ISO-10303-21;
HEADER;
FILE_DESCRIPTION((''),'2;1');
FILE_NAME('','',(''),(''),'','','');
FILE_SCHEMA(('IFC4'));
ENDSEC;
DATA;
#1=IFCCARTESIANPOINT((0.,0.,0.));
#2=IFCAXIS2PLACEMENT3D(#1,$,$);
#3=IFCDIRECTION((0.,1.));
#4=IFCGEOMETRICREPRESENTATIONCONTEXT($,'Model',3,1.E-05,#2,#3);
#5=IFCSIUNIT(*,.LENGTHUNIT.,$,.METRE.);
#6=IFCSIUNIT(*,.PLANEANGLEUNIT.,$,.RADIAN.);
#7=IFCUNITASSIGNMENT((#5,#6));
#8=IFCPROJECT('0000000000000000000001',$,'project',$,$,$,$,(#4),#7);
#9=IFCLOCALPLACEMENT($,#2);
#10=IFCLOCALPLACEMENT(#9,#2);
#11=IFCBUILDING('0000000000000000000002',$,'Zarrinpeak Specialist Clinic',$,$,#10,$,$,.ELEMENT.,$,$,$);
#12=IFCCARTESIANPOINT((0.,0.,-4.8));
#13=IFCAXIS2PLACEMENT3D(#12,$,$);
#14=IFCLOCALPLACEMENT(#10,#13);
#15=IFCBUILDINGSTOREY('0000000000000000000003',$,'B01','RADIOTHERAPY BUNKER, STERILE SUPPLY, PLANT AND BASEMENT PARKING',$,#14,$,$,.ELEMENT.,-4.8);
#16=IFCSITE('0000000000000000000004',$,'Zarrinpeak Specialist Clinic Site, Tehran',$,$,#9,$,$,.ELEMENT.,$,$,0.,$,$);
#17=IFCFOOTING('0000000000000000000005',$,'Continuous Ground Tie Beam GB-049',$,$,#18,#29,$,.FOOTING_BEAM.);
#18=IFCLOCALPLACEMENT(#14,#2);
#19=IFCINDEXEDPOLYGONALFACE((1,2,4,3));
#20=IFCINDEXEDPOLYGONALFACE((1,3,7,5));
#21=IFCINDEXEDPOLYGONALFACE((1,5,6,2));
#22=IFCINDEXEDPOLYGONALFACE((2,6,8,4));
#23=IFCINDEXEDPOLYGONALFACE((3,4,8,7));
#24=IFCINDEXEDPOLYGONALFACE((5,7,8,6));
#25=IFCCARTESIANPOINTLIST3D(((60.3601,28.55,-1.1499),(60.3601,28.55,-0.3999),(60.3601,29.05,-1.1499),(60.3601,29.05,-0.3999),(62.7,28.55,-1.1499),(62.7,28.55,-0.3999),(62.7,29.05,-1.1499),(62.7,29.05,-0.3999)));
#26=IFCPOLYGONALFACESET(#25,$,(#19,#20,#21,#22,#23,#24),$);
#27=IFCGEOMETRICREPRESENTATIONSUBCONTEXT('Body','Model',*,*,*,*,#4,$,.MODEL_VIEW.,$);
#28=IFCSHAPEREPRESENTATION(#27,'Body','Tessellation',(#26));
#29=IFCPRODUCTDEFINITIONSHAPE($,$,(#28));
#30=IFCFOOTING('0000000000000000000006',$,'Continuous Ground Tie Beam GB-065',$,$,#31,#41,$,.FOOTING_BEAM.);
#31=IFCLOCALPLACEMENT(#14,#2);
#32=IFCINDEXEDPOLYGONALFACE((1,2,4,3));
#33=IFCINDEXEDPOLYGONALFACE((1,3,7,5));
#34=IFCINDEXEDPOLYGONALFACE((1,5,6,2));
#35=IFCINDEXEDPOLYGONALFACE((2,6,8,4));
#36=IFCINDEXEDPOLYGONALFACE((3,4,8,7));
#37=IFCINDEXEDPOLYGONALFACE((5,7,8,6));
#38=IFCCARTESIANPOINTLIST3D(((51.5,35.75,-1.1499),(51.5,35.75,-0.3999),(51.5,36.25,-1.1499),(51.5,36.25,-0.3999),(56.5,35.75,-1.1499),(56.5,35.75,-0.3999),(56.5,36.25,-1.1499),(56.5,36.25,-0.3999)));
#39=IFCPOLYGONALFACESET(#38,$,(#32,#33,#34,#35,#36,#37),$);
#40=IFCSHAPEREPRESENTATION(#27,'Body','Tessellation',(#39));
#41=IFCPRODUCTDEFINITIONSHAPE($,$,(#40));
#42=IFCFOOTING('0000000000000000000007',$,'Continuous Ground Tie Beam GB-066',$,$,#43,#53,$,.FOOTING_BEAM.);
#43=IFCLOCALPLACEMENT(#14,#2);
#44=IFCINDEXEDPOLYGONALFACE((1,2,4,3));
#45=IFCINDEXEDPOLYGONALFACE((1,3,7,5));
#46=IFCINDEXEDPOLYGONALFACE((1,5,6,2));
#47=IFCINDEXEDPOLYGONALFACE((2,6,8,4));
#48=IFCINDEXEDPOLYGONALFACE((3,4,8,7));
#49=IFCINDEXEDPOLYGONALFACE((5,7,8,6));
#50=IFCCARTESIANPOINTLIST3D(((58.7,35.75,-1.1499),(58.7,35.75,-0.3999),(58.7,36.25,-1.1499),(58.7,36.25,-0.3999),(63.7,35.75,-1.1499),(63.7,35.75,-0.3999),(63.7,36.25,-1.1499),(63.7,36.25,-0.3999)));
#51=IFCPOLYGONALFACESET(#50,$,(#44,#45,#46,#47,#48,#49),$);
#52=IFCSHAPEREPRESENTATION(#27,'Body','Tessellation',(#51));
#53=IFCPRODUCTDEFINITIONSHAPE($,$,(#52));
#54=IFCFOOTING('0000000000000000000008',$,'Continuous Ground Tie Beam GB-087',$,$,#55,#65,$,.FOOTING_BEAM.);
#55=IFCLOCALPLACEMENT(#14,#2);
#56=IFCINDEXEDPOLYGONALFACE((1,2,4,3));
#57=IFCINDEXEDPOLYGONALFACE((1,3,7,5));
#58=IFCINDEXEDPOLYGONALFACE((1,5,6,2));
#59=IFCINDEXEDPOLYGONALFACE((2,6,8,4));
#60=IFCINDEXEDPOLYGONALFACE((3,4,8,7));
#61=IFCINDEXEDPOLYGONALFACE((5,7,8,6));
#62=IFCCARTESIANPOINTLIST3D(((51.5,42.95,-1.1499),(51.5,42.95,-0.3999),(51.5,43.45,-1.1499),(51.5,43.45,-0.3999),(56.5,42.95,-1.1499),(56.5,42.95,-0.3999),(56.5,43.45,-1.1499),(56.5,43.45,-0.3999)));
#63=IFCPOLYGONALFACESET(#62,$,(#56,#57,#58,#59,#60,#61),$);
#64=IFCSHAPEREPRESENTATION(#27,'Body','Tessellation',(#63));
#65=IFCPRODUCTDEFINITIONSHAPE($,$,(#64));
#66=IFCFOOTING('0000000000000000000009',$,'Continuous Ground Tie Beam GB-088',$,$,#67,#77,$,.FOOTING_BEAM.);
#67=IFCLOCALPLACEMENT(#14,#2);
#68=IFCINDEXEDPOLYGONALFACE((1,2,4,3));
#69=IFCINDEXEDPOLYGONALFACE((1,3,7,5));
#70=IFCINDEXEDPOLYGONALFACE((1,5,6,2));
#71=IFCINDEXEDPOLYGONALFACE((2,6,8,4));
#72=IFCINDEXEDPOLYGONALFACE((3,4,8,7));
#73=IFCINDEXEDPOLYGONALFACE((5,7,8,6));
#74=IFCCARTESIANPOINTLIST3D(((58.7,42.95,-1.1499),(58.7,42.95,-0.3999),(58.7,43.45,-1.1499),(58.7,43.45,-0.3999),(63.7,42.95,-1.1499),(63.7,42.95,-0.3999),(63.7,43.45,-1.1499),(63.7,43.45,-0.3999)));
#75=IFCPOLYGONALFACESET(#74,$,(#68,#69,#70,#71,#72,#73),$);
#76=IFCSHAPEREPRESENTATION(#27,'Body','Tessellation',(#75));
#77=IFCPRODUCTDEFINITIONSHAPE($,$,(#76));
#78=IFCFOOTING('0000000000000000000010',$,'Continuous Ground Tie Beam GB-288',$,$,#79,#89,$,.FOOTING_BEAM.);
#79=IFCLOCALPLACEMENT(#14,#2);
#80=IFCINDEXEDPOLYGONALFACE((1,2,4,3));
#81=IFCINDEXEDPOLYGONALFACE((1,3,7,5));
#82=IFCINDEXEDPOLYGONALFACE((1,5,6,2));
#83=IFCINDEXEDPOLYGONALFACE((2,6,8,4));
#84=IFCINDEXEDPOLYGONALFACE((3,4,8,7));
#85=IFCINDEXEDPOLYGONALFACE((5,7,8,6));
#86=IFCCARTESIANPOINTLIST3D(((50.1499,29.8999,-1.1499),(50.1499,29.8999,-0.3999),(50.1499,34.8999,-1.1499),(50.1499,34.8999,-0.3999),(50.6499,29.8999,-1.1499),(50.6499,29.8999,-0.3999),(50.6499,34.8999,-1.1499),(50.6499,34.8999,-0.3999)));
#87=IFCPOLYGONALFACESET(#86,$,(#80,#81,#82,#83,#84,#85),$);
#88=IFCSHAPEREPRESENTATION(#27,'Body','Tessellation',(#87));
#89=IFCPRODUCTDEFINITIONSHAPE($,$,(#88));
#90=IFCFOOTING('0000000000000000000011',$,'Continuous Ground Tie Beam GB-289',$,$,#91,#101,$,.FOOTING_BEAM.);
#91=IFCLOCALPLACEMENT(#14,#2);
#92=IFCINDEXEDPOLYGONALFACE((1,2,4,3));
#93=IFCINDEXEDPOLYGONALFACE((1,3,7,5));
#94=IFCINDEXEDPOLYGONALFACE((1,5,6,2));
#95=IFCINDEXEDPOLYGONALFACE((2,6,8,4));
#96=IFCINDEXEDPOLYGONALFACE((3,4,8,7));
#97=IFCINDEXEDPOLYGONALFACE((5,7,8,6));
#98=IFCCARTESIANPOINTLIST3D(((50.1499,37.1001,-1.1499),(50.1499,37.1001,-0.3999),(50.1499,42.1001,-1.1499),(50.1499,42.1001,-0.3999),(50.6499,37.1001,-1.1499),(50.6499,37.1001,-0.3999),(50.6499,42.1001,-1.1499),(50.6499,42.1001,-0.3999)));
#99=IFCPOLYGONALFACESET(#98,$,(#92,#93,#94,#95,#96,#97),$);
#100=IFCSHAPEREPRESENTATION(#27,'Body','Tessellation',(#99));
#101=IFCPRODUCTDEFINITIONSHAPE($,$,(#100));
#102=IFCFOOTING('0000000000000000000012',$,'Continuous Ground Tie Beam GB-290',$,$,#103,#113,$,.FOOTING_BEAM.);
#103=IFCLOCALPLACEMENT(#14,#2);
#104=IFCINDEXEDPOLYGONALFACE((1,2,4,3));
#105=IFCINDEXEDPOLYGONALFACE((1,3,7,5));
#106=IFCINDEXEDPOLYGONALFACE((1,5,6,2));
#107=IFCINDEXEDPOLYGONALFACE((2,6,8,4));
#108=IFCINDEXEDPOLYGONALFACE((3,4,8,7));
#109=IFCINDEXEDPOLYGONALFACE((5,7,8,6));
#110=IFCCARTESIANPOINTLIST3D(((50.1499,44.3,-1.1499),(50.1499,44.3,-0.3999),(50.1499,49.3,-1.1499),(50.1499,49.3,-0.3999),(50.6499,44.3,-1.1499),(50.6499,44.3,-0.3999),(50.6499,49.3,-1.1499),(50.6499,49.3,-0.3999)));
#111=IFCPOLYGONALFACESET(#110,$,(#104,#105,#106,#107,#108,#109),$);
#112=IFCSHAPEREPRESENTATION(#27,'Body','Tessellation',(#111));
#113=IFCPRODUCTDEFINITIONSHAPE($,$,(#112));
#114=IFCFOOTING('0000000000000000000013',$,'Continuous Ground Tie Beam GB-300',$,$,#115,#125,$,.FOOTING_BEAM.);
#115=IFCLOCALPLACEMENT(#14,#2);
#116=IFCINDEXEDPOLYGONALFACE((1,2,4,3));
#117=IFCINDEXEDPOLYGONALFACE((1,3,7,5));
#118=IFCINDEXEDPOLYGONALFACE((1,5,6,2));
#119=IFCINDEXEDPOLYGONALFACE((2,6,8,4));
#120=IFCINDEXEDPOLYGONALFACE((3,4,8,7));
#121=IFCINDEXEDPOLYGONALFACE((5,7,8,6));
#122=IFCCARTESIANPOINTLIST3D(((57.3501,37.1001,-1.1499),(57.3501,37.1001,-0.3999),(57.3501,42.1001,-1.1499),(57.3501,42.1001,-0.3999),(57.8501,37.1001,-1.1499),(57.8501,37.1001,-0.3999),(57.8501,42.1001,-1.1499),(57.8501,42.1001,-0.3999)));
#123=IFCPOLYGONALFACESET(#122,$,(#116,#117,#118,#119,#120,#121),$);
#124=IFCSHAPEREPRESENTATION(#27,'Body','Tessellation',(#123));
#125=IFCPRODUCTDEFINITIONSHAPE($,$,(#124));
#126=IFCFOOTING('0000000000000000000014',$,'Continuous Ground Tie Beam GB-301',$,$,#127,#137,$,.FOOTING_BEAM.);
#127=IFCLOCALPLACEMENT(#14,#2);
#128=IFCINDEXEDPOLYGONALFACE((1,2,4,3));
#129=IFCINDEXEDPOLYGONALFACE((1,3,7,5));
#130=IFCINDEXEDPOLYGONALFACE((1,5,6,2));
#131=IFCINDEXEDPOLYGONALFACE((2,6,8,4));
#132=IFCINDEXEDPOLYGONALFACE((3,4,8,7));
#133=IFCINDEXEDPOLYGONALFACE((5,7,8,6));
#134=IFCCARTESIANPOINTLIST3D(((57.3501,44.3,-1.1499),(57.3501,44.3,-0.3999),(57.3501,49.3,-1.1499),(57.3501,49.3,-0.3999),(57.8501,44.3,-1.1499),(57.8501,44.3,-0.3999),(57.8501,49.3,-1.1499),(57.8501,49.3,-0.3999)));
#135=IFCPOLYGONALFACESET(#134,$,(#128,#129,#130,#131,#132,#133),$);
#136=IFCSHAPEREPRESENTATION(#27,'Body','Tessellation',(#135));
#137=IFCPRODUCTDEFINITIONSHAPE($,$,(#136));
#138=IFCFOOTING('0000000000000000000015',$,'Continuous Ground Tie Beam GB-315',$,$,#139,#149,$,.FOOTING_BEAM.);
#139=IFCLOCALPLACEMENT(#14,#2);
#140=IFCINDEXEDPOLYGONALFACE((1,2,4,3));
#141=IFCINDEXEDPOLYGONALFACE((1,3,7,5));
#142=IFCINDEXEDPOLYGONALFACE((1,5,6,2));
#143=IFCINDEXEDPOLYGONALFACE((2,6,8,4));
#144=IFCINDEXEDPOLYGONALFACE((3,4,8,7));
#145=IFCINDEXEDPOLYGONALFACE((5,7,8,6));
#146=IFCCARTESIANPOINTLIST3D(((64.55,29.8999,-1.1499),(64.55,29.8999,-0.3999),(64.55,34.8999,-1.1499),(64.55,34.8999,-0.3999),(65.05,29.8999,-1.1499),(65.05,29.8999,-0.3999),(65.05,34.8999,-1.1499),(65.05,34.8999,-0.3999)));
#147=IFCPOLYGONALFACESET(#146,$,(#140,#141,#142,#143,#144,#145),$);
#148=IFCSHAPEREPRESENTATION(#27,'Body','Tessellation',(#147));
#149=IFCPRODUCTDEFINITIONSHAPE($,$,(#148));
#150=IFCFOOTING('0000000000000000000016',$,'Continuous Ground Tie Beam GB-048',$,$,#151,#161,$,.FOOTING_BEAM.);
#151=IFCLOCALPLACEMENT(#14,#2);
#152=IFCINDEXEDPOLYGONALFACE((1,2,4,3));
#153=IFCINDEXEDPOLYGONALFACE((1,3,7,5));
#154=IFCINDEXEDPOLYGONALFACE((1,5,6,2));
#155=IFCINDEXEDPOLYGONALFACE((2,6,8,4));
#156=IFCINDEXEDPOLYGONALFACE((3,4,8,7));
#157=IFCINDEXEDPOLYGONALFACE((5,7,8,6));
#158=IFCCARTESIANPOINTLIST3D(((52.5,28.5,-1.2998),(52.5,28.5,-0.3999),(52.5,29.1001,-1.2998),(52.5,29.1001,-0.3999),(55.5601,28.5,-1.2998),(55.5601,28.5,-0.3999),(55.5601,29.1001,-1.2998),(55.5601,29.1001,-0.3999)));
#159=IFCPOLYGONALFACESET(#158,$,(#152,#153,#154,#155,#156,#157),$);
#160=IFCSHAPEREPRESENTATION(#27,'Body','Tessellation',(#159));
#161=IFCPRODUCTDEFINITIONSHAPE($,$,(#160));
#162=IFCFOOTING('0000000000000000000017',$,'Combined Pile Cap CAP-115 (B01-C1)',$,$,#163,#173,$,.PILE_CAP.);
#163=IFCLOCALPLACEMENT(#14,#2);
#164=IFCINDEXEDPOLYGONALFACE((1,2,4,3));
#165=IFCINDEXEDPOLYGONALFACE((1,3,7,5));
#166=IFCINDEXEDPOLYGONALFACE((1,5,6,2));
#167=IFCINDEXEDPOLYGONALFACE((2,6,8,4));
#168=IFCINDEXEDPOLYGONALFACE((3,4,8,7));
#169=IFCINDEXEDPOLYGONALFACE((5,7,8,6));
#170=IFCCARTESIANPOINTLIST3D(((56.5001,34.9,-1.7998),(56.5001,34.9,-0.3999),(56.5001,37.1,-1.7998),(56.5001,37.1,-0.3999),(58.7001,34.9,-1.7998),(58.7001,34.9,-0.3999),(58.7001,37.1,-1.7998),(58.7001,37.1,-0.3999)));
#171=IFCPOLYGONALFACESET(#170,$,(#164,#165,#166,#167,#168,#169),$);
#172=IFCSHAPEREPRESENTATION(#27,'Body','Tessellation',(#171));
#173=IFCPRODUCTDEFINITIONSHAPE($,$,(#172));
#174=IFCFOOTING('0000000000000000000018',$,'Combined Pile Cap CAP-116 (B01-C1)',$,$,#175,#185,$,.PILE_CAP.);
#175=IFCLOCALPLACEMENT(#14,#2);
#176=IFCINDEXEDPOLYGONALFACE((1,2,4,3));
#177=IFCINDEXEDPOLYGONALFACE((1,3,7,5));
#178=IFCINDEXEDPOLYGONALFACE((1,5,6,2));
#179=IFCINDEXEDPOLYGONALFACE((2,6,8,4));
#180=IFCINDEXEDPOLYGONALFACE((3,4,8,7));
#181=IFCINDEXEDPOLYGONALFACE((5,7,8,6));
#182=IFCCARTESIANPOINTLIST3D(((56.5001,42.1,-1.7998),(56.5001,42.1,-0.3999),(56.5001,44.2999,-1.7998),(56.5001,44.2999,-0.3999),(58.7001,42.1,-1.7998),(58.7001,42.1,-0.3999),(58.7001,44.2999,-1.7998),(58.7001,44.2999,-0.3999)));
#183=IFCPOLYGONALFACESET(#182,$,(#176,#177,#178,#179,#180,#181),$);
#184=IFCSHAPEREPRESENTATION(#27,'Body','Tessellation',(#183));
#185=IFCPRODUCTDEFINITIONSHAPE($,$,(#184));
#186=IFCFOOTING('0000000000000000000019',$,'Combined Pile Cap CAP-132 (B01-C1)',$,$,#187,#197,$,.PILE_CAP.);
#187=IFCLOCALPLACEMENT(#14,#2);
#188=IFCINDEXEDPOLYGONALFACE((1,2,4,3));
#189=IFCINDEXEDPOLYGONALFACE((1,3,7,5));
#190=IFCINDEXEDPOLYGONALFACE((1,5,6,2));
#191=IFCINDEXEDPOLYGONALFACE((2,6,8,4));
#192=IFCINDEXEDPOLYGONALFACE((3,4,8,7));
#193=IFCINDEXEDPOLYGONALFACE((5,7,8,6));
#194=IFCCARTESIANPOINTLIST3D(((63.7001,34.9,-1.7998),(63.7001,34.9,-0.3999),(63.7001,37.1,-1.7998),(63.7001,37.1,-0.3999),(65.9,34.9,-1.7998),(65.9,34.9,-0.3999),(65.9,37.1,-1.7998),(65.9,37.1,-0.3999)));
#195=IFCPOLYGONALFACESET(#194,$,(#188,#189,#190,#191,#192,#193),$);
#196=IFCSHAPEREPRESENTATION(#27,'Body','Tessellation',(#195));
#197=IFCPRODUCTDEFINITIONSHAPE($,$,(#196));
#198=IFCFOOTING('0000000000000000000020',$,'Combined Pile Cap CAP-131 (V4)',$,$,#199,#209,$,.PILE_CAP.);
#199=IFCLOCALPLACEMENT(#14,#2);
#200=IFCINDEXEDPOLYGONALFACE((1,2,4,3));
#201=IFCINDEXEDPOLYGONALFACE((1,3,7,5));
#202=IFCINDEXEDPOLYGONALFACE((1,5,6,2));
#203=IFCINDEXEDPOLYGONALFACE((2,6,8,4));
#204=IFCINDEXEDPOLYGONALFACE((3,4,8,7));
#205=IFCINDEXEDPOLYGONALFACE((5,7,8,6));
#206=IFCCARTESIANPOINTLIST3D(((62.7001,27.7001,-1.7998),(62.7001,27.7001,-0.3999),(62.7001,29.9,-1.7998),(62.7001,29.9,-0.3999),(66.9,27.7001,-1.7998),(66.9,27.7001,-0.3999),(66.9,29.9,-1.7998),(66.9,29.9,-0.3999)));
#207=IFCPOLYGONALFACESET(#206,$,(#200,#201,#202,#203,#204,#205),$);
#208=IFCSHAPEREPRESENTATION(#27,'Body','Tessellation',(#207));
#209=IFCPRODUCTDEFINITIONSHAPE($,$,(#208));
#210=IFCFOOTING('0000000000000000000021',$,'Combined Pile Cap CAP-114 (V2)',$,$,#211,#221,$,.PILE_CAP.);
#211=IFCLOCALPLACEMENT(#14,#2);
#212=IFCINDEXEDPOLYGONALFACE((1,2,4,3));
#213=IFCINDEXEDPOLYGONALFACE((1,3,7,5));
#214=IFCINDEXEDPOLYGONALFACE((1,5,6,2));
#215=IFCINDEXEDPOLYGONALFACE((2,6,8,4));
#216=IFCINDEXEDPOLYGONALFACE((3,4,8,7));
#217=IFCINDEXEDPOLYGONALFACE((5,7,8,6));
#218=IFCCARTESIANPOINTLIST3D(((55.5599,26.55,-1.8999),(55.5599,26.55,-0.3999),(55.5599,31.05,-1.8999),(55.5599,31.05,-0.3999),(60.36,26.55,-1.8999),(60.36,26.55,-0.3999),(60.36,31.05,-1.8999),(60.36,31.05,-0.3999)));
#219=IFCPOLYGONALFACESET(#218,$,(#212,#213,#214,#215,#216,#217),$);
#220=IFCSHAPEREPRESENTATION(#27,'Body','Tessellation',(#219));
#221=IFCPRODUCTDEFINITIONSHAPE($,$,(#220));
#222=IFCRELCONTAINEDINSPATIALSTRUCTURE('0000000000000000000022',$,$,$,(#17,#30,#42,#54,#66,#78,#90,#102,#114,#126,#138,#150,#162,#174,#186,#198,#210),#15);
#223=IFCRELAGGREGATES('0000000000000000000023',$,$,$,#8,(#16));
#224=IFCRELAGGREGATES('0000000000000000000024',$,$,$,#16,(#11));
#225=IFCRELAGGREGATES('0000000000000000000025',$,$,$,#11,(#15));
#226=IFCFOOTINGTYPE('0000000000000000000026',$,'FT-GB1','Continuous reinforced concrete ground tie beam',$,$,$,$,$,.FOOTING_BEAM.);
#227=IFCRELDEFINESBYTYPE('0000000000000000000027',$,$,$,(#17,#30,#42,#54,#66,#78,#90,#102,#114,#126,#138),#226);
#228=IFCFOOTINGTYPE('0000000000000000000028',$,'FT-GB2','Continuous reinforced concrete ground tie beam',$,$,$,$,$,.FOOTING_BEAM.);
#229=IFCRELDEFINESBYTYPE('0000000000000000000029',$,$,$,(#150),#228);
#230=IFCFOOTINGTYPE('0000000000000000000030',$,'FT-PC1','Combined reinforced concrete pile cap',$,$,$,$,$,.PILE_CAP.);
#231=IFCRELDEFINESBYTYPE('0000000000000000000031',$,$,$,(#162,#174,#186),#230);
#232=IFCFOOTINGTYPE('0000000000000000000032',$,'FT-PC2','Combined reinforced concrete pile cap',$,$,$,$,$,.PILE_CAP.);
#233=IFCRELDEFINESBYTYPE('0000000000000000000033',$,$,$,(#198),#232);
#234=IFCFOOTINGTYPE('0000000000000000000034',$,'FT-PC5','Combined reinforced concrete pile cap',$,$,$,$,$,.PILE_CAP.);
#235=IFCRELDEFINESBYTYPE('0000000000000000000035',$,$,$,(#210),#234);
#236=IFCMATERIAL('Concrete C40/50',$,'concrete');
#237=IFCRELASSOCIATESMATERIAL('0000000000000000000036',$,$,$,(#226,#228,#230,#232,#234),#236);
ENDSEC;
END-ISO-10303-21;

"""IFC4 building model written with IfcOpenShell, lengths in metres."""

from ifc_helpers import new_model, si_unit, direction, frame, origin, origin_2d, place, context, subcontext, project, spatial, rectangle, extrude, material, material_profile, profile_set, type_object, element, save


model = new_model("IFC4")

# Units and contexts
model_context = context("Model", 3, precision=1e-05, world=origin(), true_north=direction((0.0, 1.0)))
body_context = subcontext(model_context, "Body", "Model", "MODEL_VIEW")
ifc_project = project(units=[si_unit("LENGTHUNIT", "METRE"), si_unit("PLANEANGLEUNIT", "RADIAN")], contexts=[model_context])

# Site, building, storey
site_placement = place(None, origin())
site = spatial("IfcSite", under=ifc_project, at=site_placement, Name="Zarrinpeak Specialist Clinic Site, Tehran", CompositionType="ELEMENT", RefElevation=0.0)
building_placement = place(site_placement, origin())
building = spatial("IfcBuilding", under=site, at=building_placement, Name="Zarrinpeak Specialist Clinic", CompositionType="ELEMENT")
storey_placement = place(building_placement, frame((0.0, 0.0, -4.8)))
storey = spatial("IfcBuildingStorey", under=building, at=storey_placement, Name="B01", Description="RADIOTHERAPY BUNKER, STERILE SUPPLY, PLANT AND BASEMENT PARKING", CompositionType="ELEMENT", Elevation=-4.8)

# Footings
ifc_material_1 = material(Name="Concrete C40/50", Category="concrete")
ifc_material_profile_1 = material_profile(ifc_material_1, rectangle(XDim=0.5, YDim=0.75, at=origin_2d()), Name="RC 500x750")
ifc_profile_set_1 = profile_set([ifc_material_profile_1], Name="Concrete C40/50")
footing_type_1 = type_object("IfcFootingType", Name="FT-GB1", Description="Continuous reinforced concrete ground tie beam", PredefinedType="FOOTING_BEAM", material=ifc_profile_set_1)
footing_1_placement = place(storey_placement, frame((60.3601, 28.8, -0.7749), z_axis=(1.0, 0.0, 0.0), x_axis=(0.0, 1.0, 0.0)))
element("IfcFooting", 1, at=footing_1_placement, inside=storey, type_object=footing_type_1, Name="Continuous Ground Tie Beam GB-049", PredefinedType="FOOTING_BEAM", context=body_context, shape_type="SweptSolid", body=[
    extrude(rectangle(XDim=0.5, YDim=0.75, at=origin_2d()), origin(), (0.0, 0.0, 1.0), 2.3398),
])
for number, where, z_axis, x_axis, name in (
    (2, (51.5, 36.0, -0.7749), (1.0, 0.0, 0.0), (0.0, 1.0, 0.0), "Continuous Ground Tie Beam GB-065"),
    (3, (58.7, 36.0, -0.7749), (1.0, 0.0, 0.0), (0.0, 1.0, 0.0), "Continuous Ground Tie Beam GB-066"),
    (4, (51.5, 43.2, -0.7749), (1.0, 0.0, 0.0), (0.0, 1.0, 0.0), "Continuous Ground Tie Beam GB-087"),
    (5, (58.7, 43.2, -0.7749), (1.0, 0.0, 0.0), (0.0, 1.0, 0.0), "Continuous Ground Tie Beam GB-088"),
    (6, (50.3999, 29.8999, -0.7749), (0.0, 1.0, 0.0), (-1.0, 0.0, 0.0), "Continuous Ground Tie Beam GB-288"),
    (7, (50.3999, 37.1001, -0.7749), (0.0, 1.0, 0.0), (-1.0, 0.0, 0.0), "Continuous Ground Tie Beam GB-289"),
    (8, (50.3999, 44.3, -0.7749), (0.0, 1.0, 0.0), (-1.0, 0.0, 0.0), "Continuous Ground Tie Beam GB-290"),
    (9, (57.6001, 37.1001, -0.7749), (0.0, 1.0, 0.0), (-1.0, 0.0, 0.0), "Continuous Ground Tie Beam GB-300"),
    (10, (57.6001, 44.3, -0.7749), (0.0, 1.0, 0.0), (-1.0, 0.0, 0.0), "Continuous Ground Tie Beam GB-301"),
    (11, (64.8, 29.8999, -0.7749), (0.0, 1.0, 0.0), (-1.0, 0.0, 0.0), "Continuous Ground Tie Beam GB-315"),
):
    element("IfcFooting", number, at=place(storey_placement, frame(where, z_axis=z_axis, x_axis=x_axis)), inside=storey, type_object=footing_type_1, Name=name, PredefinedType="FOOTING_BEAM", context=body_context, shape_type="SweptSolid", body=[
        extrude(rectangle(XDim=0.5, YDim=0.75, at=origin_2d()), origin(), (0.0, 0.0, 1.0), 5.0),
    ])
ifc_material_profile_2 = material_profile(ifc_material_1, rectangle(XDim=0.6001, YDim=0.8999, at=origin_2d()), Name="RC 600x900")
ifc_profile_set_2 = profile_set([ifc_material_profile_2], Name="Concrete C40/50")
footing_type_2 = type_object("IfcFootingType", Name="FT-GB2", Description="Continuous reinforced concrete ground tie beam", PredefinedType="FOOTING_BEAM", material=ifc_profile_set_2)
footing_2_placement = place(storey_placement, frame((52.5, 28.8, -0.8499), z_axis=(1.0, 0.0, 0.0), x_axis=(0.0, 1.0, 0.0)))
element("IfcFooting", 12, at=footing_2_placement, inside=storey, type_object=footing_type_2, Name="Continuous Ground Tie Beam GB-048", PredefinedType="FOOTING_BEAM", context=body_context, shape_type="SweptSolid", body=[
    extrude(rectangle(XDim=0.6001, YDim=0.8999, at=origin_2d()), origin(), (0.0, 0.0, 1.0), 3.0601),
])
footing_type_3 = type_object("IfcFootingType", Name="FT-PC1", Description="Combined reinforced concrete pile cap", PredefinedType="PILE_CAP", material=ifc_material_1)
for number, where, z_axis, x_axis, name in (
    (13, (57.6001, 36.0, -1.7998), (0.0, 0.0, 1.0), (1.0, 0.0, 0.0), "Combined Pile Cap CAP-115 (B01-C1)"),
    (14, (57.6001, 43.2, -1.7998), (0.0, 0.0, 1.0), (1.0, 0.0, 0.0), "Combined Pile Cap CAP-116 (B01-C1)"),
    (15, (64.8, 36.0, -1.7998), (0.0, 0.0, 1.0), (1.0, 0.0, 0.0), "Combined Pile Cap CAP-132 (B01-C1)"),
):
    element("IfcFooting", number, at=place(storey_placement, frame(where, z_axis=z_axis, x_axis=x_axis)), inside=storey, type_object=footing_type_3, Name=name, PredefinedType="PILE_CAP", context=body_context, shape_type="SweptSolid", body=[
        extrude(rectangle(XDim=2.2, YDim=2.2, at=origin_2d()), origin(), (0.0, 0.0, 1.0), 1.3999),
    ])
footing_type_4 = type_object("IfcFootingType", Name="FT-PC2", Description="Combined reinforced concrete pile cap", PredefinedType="PILE_CAP", material=ifc_material_1)
footing_3_placement = place(storey_placement, frame((64.8, 28.8, -1.7998), z_axis=(0.0, 0.0, 1.0), x_axis=(1.0, 0.0, 0.0)))
element("IfcFooting", 16, at=footing_3_placement, inside=storey, type_object=footing_type_4, Name="Combined Pile Cap CAP-131 (V4)", PredefinedType="PILE_CAP", context=body_context, shape_type="SweptSolid", body=[
    extrude(rectangle(XDim=4.2, YDim=2.2, at=origin_2d()), origin(), (0.0, 0.0, 1.0), 1.3999),
])
footing_type_5 = type_object("IfcFootingType", Name="FT-PC5", Description="Combined reinforced concrete pile cap", PredefinedType="PILE_CAP", material=ifc_material_1)
footing_4_placement = place(storey_placement, frame((57.96, 28.8, -1.8999), z_axis=(0.0, 0.0, 1.0), x_axis=(1.0, 0.0, 0.0)))
element("IfcFooting", 17, at=footing_4_placement, inside=storey, type_object=footing_type_5, Name="Combined Pile Cap CAP-114 (V2)", PredefinedType="PILE_CAP", context=body_context, shape_type="SweptSolid", body=[
    extrude(rectangle(XDim=4.8, YDim=4.5, at=origin_2d()), origin(), (0.0, 0.0, 1.0), 1.5),
])

save(model, "model.ifc")
